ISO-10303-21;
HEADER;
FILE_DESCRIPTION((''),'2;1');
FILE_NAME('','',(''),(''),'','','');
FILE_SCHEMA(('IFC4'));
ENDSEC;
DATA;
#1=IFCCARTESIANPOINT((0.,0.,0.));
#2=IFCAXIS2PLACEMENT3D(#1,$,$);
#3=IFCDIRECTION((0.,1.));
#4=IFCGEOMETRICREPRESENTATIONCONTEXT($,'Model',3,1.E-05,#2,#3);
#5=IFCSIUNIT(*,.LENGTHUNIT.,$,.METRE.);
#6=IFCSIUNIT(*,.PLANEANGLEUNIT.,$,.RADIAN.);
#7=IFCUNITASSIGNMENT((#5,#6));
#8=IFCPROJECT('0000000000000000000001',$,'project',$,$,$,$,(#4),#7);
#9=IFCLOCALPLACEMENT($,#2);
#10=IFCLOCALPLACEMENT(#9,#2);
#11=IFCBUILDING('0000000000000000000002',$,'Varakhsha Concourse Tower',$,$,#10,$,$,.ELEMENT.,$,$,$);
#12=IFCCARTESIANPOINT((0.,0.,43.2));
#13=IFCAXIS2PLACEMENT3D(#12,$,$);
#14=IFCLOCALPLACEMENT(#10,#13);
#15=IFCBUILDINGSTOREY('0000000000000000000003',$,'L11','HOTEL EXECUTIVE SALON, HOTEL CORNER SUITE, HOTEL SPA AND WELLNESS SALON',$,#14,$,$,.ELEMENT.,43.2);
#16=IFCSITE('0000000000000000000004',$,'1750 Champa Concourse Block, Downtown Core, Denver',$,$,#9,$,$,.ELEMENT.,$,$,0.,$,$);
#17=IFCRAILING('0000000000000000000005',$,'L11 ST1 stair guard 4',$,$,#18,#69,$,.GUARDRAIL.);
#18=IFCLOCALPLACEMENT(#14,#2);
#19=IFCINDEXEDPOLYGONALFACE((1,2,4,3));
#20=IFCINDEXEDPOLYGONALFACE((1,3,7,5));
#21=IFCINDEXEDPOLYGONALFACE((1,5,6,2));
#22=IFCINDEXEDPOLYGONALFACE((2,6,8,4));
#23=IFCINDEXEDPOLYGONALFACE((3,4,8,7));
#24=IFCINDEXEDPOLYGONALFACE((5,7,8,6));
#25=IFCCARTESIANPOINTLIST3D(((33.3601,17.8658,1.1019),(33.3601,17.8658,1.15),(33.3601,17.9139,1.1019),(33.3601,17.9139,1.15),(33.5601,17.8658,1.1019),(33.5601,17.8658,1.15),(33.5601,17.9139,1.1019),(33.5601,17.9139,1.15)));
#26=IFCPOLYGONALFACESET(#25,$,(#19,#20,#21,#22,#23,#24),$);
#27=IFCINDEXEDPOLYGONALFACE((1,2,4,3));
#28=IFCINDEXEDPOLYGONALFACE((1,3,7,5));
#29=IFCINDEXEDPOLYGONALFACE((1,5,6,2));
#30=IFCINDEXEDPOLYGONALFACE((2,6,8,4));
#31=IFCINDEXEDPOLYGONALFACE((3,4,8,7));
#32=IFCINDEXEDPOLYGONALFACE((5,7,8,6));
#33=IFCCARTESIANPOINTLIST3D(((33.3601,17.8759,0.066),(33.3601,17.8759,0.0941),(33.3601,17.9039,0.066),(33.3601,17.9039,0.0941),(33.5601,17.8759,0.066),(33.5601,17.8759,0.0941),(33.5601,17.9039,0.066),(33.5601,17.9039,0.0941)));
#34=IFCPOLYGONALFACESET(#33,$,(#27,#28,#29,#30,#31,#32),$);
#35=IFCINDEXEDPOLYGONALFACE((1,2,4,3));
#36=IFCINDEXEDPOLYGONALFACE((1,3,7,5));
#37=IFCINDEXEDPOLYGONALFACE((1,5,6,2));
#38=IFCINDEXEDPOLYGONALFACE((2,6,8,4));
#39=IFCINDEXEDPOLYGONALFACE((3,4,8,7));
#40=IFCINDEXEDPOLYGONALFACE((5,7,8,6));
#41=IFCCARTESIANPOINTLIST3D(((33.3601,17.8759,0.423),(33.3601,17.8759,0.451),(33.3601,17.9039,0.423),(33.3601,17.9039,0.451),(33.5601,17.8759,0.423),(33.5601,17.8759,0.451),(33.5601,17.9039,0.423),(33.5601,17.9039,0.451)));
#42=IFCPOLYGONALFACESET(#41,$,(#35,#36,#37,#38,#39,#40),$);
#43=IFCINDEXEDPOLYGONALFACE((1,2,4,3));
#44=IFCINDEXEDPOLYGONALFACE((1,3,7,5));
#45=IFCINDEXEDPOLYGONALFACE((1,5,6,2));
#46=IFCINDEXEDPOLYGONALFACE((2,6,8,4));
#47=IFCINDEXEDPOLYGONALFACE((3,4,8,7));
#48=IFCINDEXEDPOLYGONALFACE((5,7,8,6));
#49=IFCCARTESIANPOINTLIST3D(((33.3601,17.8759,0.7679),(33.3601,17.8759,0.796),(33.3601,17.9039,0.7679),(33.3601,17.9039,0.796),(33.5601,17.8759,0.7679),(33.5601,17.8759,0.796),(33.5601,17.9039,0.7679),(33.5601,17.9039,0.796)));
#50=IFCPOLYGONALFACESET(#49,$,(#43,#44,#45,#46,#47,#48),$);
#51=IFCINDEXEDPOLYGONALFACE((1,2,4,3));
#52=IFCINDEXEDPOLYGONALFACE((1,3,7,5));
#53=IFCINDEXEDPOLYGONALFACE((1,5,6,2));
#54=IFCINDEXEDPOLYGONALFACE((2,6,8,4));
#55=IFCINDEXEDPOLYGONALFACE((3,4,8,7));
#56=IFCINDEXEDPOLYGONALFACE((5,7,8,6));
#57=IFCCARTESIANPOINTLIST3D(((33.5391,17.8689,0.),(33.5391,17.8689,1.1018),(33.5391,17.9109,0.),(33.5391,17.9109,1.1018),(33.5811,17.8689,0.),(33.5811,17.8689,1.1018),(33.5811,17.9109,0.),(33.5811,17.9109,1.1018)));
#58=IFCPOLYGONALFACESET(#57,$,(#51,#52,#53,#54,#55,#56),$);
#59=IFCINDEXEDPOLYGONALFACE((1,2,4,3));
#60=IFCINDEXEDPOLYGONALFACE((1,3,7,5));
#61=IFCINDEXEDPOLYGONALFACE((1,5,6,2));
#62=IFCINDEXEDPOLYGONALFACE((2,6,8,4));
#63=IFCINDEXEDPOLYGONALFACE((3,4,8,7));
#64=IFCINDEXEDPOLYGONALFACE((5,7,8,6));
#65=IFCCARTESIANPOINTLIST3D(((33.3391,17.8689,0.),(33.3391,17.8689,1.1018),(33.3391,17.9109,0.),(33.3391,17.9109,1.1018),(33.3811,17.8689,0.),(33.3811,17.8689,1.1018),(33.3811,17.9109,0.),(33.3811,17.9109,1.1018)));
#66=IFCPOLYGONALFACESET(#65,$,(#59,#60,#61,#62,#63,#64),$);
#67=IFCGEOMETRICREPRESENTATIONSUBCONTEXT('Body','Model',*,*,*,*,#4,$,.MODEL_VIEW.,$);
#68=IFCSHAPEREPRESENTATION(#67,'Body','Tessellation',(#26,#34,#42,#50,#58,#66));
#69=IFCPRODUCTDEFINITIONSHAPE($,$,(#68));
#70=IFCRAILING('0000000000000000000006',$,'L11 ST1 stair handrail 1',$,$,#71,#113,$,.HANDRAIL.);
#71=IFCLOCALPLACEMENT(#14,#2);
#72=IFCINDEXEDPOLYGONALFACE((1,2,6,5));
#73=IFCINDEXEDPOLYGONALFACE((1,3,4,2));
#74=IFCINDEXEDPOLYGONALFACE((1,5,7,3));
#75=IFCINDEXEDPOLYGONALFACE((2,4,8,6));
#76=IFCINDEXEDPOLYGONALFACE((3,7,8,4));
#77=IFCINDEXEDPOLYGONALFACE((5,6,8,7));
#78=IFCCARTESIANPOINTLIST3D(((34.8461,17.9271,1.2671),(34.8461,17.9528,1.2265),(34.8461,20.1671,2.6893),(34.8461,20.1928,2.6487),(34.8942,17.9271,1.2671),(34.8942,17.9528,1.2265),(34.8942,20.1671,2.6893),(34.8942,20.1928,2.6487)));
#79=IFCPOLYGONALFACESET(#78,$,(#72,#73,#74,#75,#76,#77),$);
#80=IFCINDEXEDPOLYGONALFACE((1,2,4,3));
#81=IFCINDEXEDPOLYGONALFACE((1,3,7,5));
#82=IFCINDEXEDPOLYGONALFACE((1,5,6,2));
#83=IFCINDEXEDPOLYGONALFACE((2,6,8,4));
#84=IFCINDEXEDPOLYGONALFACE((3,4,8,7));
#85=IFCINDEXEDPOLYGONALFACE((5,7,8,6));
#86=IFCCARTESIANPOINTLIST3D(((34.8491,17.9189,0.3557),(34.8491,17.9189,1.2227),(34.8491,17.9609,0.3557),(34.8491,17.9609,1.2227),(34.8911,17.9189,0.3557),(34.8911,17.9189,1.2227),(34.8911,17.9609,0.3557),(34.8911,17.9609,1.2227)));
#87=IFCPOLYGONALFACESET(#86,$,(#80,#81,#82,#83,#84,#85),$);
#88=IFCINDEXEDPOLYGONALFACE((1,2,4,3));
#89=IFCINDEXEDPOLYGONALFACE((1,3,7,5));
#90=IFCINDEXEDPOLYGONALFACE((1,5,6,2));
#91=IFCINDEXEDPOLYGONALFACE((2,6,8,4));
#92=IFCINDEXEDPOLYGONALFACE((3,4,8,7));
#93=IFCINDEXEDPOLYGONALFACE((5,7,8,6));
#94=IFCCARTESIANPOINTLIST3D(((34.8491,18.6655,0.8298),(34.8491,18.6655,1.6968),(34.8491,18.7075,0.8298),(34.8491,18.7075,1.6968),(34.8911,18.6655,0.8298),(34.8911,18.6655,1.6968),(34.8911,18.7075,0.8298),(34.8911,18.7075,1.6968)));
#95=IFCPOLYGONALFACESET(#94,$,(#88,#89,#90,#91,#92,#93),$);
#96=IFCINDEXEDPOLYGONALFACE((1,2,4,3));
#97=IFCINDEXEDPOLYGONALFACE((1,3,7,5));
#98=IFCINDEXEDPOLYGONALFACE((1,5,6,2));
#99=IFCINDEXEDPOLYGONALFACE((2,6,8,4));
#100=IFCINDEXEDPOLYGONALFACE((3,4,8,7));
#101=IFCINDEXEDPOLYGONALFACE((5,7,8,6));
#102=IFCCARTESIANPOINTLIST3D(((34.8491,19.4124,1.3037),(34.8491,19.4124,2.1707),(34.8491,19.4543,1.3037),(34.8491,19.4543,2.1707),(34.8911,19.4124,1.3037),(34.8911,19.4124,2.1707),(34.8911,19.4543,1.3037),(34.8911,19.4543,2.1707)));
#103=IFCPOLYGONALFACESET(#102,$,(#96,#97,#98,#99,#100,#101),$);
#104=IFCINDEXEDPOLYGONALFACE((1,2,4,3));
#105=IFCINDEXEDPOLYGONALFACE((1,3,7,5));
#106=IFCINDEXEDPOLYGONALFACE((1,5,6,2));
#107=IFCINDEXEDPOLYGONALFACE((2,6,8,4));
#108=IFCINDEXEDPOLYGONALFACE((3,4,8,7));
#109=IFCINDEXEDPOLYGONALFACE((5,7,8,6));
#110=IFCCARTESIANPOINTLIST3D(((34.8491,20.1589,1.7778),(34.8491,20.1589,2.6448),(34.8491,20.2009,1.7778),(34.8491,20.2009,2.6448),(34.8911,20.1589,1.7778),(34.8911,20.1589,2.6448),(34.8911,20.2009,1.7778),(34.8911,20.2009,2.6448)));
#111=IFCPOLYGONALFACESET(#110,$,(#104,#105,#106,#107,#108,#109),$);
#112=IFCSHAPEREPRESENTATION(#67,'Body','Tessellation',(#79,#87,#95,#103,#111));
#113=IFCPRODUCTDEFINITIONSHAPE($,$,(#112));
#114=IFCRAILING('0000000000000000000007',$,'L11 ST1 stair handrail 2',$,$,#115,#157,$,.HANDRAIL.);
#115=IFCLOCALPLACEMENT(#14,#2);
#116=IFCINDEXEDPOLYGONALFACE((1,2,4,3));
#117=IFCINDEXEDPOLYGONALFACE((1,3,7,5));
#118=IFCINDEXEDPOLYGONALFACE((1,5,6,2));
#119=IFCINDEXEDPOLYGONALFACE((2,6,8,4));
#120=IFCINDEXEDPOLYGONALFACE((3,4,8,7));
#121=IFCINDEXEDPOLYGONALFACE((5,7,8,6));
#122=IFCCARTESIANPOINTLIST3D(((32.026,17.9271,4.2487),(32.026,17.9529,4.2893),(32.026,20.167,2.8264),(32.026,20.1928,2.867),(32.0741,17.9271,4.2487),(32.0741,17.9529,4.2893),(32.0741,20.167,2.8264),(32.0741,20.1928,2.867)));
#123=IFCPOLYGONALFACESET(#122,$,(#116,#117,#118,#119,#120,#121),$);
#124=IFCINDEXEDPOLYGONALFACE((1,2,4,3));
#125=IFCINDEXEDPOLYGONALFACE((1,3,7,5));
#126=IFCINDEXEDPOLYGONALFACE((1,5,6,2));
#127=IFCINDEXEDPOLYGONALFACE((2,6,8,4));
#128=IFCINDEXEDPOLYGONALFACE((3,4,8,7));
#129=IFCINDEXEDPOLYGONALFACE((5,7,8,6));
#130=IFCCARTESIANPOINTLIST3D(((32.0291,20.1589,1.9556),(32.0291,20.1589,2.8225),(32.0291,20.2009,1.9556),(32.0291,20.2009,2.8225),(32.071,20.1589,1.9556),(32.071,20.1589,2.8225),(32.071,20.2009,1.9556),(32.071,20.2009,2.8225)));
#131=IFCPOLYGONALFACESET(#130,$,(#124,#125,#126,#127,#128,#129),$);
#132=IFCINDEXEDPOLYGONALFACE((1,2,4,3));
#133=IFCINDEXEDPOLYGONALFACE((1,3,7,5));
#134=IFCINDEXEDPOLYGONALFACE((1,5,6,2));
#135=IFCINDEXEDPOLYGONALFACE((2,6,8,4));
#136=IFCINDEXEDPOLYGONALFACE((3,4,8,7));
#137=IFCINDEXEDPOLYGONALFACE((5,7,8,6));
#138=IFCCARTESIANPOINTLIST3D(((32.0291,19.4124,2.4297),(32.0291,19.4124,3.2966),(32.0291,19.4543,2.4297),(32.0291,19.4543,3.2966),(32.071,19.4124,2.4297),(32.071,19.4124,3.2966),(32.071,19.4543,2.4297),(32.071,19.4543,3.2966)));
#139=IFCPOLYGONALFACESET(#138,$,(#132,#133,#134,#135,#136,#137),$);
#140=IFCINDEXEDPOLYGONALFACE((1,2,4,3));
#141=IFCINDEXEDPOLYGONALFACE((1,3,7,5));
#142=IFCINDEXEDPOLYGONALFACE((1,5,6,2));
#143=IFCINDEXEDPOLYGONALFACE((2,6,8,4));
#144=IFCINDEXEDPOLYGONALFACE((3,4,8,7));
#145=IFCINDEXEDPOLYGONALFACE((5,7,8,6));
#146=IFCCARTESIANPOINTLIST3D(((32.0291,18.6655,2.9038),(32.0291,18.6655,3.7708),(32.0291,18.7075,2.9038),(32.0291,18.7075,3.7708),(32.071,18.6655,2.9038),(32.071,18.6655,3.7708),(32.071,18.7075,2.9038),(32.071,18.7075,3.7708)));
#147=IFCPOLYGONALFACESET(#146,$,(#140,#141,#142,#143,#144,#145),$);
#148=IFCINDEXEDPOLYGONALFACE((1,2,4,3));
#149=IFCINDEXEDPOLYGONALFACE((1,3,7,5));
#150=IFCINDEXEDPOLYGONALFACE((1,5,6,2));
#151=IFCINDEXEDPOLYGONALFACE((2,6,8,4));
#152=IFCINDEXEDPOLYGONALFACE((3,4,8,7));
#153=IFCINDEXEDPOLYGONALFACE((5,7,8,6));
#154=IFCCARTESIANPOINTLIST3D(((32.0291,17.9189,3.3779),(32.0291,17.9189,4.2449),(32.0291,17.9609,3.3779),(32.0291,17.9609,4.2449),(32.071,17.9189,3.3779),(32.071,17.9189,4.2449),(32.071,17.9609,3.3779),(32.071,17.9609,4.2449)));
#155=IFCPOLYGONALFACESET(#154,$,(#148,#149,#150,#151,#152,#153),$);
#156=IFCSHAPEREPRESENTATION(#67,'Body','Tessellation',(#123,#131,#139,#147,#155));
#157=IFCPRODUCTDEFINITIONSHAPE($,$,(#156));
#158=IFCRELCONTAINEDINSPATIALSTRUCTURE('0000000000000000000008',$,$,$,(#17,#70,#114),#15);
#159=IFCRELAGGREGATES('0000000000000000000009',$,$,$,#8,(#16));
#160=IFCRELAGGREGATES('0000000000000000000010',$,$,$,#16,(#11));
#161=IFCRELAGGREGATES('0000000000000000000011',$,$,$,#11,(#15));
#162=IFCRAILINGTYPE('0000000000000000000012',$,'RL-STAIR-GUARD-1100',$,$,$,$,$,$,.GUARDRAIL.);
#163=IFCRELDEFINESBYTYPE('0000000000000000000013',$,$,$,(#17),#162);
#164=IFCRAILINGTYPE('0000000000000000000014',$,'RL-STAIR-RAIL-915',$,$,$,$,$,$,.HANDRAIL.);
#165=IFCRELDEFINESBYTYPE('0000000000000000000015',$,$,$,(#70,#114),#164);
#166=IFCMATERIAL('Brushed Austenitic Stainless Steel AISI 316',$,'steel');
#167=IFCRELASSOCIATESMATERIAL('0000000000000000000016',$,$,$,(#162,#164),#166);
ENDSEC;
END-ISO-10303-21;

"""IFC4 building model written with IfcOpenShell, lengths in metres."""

from ifc_helpers import new_model, si_unit, direction, frame, origin, origin_2d, place, context, subcontext, project, spatial, rectangle, extrude, material, type_object, element, save


model = new_model("IFC4")

# Units and contexts
model_context = context("Model", 3, precision=1e-05, world=origin(), true_north=direction((0.0, 1.0)))
body_context = subcontext(model_context, "Body", "Model", "MODEL_VIEW")
ifc_project = project(units=[si_unit("LENGTHUNIT", "METRE"), si_unit("PLANEANGLEUNIT", "RADIAN")], contexts=[model_context])

# Site, building, storey
site_placement = place(None, origin())
site = spatial("IfcSite", under=ifc_project, at=site_placement, Name="1750 Champa Concourse Block, Downtown Core, Denver", CompositionType="ELEMENT", RefElevation=0.0)
building_placement = place(site_placement, origin())
building = spatial("IfcBuilding", under=site, at=building_placement, Name="Varakhsha Concourse Tower", CompositionType="ELEMENT")
storey_placement = place(building_placement, frame((0.0, 0.0, 43.2)))
storey = spatial("IfcBuildingStorey", under=building, at=storey_placement, Name="L11", Description="HOTEL EXECUTIVE SALON, HOTEL CORNER SUITE, HOTEL SPA AND WELLNESS SALON", CompositionType="ELEMENT", Elevation=43.2)

# Shared definitions
ifc_material_1 = material(Name="Brushed Austenitic Stainless Steel AISI 316", Category="steel")

# Railings
railing_type_1 = type_object("IfcRailingType", Name="RL-STAIR-GUARD-1100", PredefinedType="GUARDRAIL", material=ifc_material_1)
railing_1_placement = place(storey_placement, frame((33.5601, 17.8899, 0.0)))
element("IfcRailing", 1, at=railing_1_placement, inside=storey, type_object=railing_type_1, Name="L11 ST1 stair guard 4", PredefinedType="GUARDRAIL", context=body_context, shape_type="SweptSolid", body=[
    extrude(rectangle(XDim=0.0481, YDim=0.0481, at=origin_2d()), frame((0.0, 0.0, 1.126), z_axis=(-1.0, 0.0, 0.0), x_axis=(0.0, -1.0, 0.0)), (0.0, 0.0, 1.0), 0.2),
    extrude(rectangle(XDim=0.0281, YDim=0.0281, at=origin_2d()), frame((0.0, 0.0, 0.0801), z_axis=(-1.0, 0.0, 0.0), x_axis=(0.0, -1.0, 0.0)), (0.0, 0.0, 1.0), 0.2),
    extrude(rectangle(XDim=0.0281, YDim=0.0281, at=origin_2d()), frame((0.0, 0.0, 0.437), z_axis=(-1.0, 0.0, 0.0), x_axis=(0.0, -1.0, 0.0)), (0.0, 0.0, 1.0), 0.2),
    extrude(rectangle(XDim=0.0281, YDim=0.0281, at=origin_2d()), frame((0.0, 0.0, 0.782), z_axis=(-1.0, 0.0, 0.0), x_axis=(0.0, -1.0, 0.0)), (0.0, 0.0, 1.0), 0.2),
    extrude(rectangle(XDim=0.042, YDim=0.042, at=origin_2d()), origin(), (0.0, 0.0, 1.0), 1.1018),
    extrude(rectangle(XDim=0.042, YDim=0.042, at=origin_2d()), frame((-0.2, 0.0, 0.0)), (0.0, 0.0, 1.0), 1.1018),
])
railing_type_2 = type_object("IfcRailingType", Name="RL-STAIR-RAIL-915", PredefinedType="HANDRAIL", material=ifc_material_1)
railing_2_placement = place(storey_placement, frame((34.8701, 17.9399, 0.3557)))
element("IfcRailing", 2, at=railing_2_placement, inside=storey, type_object=railing_type_2, Name="L11 ST1 stair handrail 1", PredefinedType="HANDRAIL", context=body_context, shape_type="SweptSolid", body=[
    extrude(rectangle(XDim=0.0481, YDim=0.0481, at=origin_2d()), frame((0.0, 0.0, 0.8911), z_axis=(0.0, 0.844229, 0.535982), x_axis=(-1.0, 0.0, 0.0)), (0.0, 0.0, 1.0), 2.6533),
    extrude(rectangle(XDim=0.042, YDim=0.042, at=origin_2d()), origin(), (0.0, 0.0, 1.0), 0.8669),
    extrude(rectangle(XDim=0.042, YDim=0.042, at=origin_2d()), frame((0.0, 0.7466, 0.4741)), (0.0, 0.0, 1.0), 0.8669),
    extrude(rectangle(XDim=0.042, YDim=0.042, at=origin_2d()), frame((0.0, 1.4934, 0.948)), (0.0, 0.0, 1.0), 0.8669),
    extrude(rectangle(XDim=0.042, YDim=0.042, at=origin_2d()), frame((0.0, 2.24, 1.4221)), (0.0, 0.0, 1.0), 0.8669),
])
railing_3_placement = place(storey_placement, frame((32.05, 20.1799, 1.9556)))
element("IfcRailing", 3, at=railing_3_placement, inside=storey, type_object=railing_type_2, Name="L11 ST1 stair handrail 2", PredefinedType="HANDRAIL", context=body_context, shape_type="SweptSolid", body=[
    extrude(rectangle(XDim=0.0481, YDim=0.0481, at=origin_2d()), frame((0.0, 0.0, 0.8911), z_axis=(0.0, -0.844188, 0.536048), x_axis=(1.0, 0.0, 0.0)), (0.0, 0.0, 1.0), 2.6533),
    extrude(rectangle(XDim=0.042, YDim=0.042, at=origin_2d()), origin(), (0.0, 0.0, 1.0), 0.8669),
    extrude(rectangle(XDim=0.042, YDim=0.042, at=origin_2d()), frame((0.0, -0.7466, 0.4741)), (0.0, 0.0, 1.0), 0.8669),
    extrude(rectangle(XDim=0.042, YDim=0.042, at=origin_2d()), frame((0.0, -1.4934, 0.9482)), (0.0, 0.0, 1.0), 0.8669),
    extrude(rectangle(XDim=0.042, YDim=0.042, at=origin_2d()), frame((0.0, -2.24, 1.4224)), (0.0, 0.0, 1.0), 0.8669),
])

save(model, "model.ifc")
